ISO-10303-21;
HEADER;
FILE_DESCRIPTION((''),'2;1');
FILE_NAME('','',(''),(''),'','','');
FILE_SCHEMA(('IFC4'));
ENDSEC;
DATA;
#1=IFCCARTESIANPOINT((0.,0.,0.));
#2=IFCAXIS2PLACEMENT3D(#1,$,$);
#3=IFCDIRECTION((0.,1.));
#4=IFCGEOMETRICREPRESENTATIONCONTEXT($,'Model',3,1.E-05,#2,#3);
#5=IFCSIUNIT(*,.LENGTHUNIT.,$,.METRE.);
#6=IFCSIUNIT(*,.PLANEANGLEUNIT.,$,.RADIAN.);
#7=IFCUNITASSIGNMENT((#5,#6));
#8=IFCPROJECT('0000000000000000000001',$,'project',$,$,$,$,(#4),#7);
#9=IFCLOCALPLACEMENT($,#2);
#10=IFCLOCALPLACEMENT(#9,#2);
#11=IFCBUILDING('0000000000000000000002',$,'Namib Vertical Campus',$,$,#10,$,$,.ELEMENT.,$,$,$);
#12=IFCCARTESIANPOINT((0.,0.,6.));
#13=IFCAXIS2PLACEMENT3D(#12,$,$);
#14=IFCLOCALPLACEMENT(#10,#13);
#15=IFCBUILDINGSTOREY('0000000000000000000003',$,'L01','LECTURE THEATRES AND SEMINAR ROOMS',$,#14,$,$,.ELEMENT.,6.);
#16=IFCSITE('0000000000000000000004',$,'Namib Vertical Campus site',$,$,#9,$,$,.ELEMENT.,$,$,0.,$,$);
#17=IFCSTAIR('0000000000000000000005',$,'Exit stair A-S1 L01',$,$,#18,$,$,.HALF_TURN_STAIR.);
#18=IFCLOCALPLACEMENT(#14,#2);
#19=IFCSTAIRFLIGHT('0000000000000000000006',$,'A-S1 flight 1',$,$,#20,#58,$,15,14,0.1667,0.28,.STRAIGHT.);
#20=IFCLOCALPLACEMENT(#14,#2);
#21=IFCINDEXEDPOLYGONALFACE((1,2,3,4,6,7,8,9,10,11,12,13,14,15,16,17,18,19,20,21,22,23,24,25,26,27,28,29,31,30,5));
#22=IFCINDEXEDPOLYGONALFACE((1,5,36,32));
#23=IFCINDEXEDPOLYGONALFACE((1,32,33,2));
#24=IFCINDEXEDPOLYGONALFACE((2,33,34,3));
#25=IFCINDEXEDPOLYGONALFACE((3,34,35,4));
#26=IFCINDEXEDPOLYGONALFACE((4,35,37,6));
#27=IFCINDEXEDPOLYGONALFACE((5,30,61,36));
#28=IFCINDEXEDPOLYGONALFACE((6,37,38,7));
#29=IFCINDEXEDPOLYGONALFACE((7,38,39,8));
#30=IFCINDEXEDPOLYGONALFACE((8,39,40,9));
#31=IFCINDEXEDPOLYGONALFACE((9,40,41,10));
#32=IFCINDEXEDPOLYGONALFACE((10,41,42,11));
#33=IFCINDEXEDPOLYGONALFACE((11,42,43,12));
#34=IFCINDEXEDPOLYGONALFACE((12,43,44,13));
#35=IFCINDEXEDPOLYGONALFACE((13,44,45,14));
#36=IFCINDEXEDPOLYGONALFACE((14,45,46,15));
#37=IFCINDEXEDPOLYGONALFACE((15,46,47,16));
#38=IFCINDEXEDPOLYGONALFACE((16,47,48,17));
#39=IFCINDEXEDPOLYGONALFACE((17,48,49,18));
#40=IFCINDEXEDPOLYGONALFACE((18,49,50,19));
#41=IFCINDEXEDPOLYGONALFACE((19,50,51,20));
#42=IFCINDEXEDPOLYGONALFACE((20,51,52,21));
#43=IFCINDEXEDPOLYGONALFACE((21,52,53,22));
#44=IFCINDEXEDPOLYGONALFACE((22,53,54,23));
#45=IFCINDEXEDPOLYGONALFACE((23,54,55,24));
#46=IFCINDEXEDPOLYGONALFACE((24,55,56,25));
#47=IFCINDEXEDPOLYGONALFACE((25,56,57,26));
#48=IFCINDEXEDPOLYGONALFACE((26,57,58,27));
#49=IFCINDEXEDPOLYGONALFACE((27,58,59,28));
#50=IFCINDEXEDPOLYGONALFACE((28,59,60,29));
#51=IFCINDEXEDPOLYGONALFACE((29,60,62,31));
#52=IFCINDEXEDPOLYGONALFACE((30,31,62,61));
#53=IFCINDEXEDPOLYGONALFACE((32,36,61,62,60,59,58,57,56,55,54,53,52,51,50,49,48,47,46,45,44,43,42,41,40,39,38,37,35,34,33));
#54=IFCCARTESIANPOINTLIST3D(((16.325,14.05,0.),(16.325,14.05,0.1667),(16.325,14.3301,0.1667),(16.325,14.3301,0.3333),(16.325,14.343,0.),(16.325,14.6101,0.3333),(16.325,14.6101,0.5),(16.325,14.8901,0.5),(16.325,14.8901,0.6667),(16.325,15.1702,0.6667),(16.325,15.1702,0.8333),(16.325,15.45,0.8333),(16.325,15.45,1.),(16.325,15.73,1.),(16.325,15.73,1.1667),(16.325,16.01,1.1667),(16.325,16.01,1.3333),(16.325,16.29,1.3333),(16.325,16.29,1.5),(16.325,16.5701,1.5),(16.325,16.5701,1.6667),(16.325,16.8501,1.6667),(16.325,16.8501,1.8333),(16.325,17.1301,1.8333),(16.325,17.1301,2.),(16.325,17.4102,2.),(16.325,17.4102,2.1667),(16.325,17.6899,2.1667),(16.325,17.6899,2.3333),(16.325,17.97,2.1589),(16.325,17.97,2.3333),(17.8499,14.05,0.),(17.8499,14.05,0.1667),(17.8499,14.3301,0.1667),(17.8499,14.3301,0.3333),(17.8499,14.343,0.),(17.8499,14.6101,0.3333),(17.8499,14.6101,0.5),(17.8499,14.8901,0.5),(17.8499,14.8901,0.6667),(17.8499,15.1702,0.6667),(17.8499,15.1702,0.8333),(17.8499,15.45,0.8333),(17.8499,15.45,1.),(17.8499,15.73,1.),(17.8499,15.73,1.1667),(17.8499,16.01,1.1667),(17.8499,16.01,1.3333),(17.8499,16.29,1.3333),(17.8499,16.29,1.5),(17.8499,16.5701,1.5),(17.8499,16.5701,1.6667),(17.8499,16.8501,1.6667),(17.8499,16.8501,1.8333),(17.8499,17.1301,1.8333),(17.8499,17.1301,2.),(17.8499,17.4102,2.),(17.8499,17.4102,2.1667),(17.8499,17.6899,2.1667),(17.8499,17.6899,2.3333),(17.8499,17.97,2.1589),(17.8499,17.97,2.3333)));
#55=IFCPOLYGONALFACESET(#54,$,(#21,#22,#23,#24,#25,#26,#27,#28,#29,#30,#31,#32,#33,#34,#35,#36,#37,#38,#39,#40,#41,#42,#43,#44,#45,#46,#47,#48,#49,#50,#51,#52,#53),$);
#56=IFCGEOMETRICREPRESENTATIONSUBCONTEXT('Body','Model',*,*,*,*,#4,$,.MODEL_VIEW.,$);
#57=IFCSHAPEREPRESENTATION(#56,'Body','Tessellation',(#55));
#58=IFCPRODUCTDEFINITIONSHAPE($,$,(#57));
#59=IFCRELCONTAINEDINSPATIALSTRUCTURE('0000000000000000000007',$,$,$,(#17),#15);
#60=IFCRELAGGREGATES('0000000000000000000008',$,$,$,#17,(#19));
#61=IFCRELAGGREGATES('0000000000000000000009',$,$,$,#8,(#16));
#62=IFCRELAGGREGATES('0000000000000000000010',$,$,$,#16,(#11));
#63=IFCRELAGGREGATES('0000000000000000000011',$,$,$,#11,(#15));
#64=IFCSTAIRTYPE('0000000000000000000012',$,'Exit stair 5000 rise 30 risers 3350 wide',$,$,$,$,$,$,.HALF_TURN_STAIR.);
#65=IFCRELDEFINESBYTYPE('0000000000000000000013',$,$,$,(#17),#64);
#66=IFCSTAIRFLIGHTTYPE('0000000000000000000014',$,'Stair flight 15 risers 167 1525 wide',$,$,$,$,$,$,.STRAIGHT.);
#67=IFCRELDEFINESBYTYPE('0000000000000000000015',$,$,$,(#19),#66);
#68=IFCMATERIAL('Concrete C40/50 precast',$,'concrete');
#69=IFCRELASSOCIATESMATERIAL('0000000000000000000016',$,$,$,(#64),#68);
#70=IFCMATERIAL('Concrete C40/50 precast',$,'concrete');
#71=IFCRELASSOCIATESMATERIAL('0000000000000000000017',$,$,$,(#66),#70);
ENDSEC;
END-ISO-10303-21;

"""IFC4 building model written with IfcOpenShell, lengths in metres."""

from ifc_helpers import new_model, si_unit, direction, frame, origin, place, context, subcontext, project, spatial, polyline, outline, extrude, material, type_object, element, aggregate, save


model = new_model("IFC4")

# Units and contexts
model_context = context("Model", 3, precision=1e-05, world=origin(), true_north=direction((0.0, 1.0)))
body_context = subcontext(model_context, "Body", "Model", "MODEL_VIEW")
ifc_project = project(units=[si_unit("LENGTHUNIT", "METRE"), si_unit("PLANEANGLEUNIT", "RADIAN")], contexts=[model_context])

# Site, building, storey
site_placement = place(None, origin())
site = spatial("IfcSite", under=ifc_project, at=site_placement, Name="Namib Vertical Campus site", CompositionType="ELEMENT", RefElevation=0.0)
building_placement = place(site_placement, origin())
building = spatial("IfcBuilding", under=site, at=building_placement, Name="Namib Vertical Campus", CompositionType="ELEMENT")
storey_placement = place(building_placement, frame((0.0, 0.0, 6.0)))
storey = spatial("IfcBuildingStorey", under=building, at=storey_placement, Name="L01", Description="LECTURE THEATRES AND SEMINAR ROOMS", CompositionType="ELEMENT", Elevation=6.0)

# Stair, stair flight
ifc_material_1 = material(Name="Concrete C40/50 precast", Category="concrete")
stair_type = type_object("IfcStairType", Name="Exit stair 5000 rise 30 risers 3350 wide", PredefinedType="HALF_TURN_STAIR", material=ifc_material_1)
stair_placement = place(storey_placement, origin())
stair = element("IfcStair", 1, at=stair_placement, inside=storey, type_object=stair_type, Name="Exit stair A-S1 L01", PredefinedType="HALF_TURN_STAIR")
ifc_material_2 = material(Name="Concrete C40/50 precast", Category="concrete")
stair_flight_type = type_object("IfcStairFlightType", Name="Stair flight 15 risers 167 1525 wide", PredefinedType="STRAIGHT", material=ifc_material_2)
stair_flight_placement = place(storey_placement, frame((17.0874, 14.05, 0.0), z_axis=(0.0, 0.0, 1.0), x_axis=(0.0, 1.0, 0.0)))
stair_flight = element("IfcStairFlight", 2, at=stair_flight_placement, type_object=stair_flight_type, Name="A-S1 flight 1", NumberOfRisers=15, NumberOfTreads=14, PredefinedType="STRAIGHT", RiserHeight=0.1667, TreadLength=0.28, context=body_context, shape_type="SweptSolid", body=[
    extrude(outline(polyline([(0.0, 0.0), (0.0, 0.1667), (0.28, 0.1667), (0.28, 0.3333), (0.5601, 0.3333), (0.5601, 0.5), (0.8401, 0.5), (0.8401, 0.6667), (1.1201, 0.6667), (1.1201, 0.8333), (1.3999, 0.8333), (1.3999, 1.0), (1.6799, 1.0), (1.6799, 1.1667), (1.96, 1.1667), (1.96, 1.3333), (2.24, 1.3333), (2.24, 1.5), (2.52, 1.5), (2.52, 1.6667), (2.8, 1.6667), (2.8, 1.8333), (3.0801, 1.8333), (3.0801, 2.0), (3.3601, 2.0), (3.3601, 2.1667), (3.6399, 2.1667), (3.6399, 2.3333), (3.9199, 2.3333), (3.9199, 2.5), (3.9199, 2.1589), (0.293, 0.0), (0.0, 0.0)])), frame((0.0, 0.7625, 0.0), z_axis=(0.0, -1.0, 0.0), x_axis=(1.0, 0.0, 0.0)), (0.0, 0.0, 1.0), 1.5249),
])
aggregate(stair, [stair_flight])

save(model, "model.ifc")
